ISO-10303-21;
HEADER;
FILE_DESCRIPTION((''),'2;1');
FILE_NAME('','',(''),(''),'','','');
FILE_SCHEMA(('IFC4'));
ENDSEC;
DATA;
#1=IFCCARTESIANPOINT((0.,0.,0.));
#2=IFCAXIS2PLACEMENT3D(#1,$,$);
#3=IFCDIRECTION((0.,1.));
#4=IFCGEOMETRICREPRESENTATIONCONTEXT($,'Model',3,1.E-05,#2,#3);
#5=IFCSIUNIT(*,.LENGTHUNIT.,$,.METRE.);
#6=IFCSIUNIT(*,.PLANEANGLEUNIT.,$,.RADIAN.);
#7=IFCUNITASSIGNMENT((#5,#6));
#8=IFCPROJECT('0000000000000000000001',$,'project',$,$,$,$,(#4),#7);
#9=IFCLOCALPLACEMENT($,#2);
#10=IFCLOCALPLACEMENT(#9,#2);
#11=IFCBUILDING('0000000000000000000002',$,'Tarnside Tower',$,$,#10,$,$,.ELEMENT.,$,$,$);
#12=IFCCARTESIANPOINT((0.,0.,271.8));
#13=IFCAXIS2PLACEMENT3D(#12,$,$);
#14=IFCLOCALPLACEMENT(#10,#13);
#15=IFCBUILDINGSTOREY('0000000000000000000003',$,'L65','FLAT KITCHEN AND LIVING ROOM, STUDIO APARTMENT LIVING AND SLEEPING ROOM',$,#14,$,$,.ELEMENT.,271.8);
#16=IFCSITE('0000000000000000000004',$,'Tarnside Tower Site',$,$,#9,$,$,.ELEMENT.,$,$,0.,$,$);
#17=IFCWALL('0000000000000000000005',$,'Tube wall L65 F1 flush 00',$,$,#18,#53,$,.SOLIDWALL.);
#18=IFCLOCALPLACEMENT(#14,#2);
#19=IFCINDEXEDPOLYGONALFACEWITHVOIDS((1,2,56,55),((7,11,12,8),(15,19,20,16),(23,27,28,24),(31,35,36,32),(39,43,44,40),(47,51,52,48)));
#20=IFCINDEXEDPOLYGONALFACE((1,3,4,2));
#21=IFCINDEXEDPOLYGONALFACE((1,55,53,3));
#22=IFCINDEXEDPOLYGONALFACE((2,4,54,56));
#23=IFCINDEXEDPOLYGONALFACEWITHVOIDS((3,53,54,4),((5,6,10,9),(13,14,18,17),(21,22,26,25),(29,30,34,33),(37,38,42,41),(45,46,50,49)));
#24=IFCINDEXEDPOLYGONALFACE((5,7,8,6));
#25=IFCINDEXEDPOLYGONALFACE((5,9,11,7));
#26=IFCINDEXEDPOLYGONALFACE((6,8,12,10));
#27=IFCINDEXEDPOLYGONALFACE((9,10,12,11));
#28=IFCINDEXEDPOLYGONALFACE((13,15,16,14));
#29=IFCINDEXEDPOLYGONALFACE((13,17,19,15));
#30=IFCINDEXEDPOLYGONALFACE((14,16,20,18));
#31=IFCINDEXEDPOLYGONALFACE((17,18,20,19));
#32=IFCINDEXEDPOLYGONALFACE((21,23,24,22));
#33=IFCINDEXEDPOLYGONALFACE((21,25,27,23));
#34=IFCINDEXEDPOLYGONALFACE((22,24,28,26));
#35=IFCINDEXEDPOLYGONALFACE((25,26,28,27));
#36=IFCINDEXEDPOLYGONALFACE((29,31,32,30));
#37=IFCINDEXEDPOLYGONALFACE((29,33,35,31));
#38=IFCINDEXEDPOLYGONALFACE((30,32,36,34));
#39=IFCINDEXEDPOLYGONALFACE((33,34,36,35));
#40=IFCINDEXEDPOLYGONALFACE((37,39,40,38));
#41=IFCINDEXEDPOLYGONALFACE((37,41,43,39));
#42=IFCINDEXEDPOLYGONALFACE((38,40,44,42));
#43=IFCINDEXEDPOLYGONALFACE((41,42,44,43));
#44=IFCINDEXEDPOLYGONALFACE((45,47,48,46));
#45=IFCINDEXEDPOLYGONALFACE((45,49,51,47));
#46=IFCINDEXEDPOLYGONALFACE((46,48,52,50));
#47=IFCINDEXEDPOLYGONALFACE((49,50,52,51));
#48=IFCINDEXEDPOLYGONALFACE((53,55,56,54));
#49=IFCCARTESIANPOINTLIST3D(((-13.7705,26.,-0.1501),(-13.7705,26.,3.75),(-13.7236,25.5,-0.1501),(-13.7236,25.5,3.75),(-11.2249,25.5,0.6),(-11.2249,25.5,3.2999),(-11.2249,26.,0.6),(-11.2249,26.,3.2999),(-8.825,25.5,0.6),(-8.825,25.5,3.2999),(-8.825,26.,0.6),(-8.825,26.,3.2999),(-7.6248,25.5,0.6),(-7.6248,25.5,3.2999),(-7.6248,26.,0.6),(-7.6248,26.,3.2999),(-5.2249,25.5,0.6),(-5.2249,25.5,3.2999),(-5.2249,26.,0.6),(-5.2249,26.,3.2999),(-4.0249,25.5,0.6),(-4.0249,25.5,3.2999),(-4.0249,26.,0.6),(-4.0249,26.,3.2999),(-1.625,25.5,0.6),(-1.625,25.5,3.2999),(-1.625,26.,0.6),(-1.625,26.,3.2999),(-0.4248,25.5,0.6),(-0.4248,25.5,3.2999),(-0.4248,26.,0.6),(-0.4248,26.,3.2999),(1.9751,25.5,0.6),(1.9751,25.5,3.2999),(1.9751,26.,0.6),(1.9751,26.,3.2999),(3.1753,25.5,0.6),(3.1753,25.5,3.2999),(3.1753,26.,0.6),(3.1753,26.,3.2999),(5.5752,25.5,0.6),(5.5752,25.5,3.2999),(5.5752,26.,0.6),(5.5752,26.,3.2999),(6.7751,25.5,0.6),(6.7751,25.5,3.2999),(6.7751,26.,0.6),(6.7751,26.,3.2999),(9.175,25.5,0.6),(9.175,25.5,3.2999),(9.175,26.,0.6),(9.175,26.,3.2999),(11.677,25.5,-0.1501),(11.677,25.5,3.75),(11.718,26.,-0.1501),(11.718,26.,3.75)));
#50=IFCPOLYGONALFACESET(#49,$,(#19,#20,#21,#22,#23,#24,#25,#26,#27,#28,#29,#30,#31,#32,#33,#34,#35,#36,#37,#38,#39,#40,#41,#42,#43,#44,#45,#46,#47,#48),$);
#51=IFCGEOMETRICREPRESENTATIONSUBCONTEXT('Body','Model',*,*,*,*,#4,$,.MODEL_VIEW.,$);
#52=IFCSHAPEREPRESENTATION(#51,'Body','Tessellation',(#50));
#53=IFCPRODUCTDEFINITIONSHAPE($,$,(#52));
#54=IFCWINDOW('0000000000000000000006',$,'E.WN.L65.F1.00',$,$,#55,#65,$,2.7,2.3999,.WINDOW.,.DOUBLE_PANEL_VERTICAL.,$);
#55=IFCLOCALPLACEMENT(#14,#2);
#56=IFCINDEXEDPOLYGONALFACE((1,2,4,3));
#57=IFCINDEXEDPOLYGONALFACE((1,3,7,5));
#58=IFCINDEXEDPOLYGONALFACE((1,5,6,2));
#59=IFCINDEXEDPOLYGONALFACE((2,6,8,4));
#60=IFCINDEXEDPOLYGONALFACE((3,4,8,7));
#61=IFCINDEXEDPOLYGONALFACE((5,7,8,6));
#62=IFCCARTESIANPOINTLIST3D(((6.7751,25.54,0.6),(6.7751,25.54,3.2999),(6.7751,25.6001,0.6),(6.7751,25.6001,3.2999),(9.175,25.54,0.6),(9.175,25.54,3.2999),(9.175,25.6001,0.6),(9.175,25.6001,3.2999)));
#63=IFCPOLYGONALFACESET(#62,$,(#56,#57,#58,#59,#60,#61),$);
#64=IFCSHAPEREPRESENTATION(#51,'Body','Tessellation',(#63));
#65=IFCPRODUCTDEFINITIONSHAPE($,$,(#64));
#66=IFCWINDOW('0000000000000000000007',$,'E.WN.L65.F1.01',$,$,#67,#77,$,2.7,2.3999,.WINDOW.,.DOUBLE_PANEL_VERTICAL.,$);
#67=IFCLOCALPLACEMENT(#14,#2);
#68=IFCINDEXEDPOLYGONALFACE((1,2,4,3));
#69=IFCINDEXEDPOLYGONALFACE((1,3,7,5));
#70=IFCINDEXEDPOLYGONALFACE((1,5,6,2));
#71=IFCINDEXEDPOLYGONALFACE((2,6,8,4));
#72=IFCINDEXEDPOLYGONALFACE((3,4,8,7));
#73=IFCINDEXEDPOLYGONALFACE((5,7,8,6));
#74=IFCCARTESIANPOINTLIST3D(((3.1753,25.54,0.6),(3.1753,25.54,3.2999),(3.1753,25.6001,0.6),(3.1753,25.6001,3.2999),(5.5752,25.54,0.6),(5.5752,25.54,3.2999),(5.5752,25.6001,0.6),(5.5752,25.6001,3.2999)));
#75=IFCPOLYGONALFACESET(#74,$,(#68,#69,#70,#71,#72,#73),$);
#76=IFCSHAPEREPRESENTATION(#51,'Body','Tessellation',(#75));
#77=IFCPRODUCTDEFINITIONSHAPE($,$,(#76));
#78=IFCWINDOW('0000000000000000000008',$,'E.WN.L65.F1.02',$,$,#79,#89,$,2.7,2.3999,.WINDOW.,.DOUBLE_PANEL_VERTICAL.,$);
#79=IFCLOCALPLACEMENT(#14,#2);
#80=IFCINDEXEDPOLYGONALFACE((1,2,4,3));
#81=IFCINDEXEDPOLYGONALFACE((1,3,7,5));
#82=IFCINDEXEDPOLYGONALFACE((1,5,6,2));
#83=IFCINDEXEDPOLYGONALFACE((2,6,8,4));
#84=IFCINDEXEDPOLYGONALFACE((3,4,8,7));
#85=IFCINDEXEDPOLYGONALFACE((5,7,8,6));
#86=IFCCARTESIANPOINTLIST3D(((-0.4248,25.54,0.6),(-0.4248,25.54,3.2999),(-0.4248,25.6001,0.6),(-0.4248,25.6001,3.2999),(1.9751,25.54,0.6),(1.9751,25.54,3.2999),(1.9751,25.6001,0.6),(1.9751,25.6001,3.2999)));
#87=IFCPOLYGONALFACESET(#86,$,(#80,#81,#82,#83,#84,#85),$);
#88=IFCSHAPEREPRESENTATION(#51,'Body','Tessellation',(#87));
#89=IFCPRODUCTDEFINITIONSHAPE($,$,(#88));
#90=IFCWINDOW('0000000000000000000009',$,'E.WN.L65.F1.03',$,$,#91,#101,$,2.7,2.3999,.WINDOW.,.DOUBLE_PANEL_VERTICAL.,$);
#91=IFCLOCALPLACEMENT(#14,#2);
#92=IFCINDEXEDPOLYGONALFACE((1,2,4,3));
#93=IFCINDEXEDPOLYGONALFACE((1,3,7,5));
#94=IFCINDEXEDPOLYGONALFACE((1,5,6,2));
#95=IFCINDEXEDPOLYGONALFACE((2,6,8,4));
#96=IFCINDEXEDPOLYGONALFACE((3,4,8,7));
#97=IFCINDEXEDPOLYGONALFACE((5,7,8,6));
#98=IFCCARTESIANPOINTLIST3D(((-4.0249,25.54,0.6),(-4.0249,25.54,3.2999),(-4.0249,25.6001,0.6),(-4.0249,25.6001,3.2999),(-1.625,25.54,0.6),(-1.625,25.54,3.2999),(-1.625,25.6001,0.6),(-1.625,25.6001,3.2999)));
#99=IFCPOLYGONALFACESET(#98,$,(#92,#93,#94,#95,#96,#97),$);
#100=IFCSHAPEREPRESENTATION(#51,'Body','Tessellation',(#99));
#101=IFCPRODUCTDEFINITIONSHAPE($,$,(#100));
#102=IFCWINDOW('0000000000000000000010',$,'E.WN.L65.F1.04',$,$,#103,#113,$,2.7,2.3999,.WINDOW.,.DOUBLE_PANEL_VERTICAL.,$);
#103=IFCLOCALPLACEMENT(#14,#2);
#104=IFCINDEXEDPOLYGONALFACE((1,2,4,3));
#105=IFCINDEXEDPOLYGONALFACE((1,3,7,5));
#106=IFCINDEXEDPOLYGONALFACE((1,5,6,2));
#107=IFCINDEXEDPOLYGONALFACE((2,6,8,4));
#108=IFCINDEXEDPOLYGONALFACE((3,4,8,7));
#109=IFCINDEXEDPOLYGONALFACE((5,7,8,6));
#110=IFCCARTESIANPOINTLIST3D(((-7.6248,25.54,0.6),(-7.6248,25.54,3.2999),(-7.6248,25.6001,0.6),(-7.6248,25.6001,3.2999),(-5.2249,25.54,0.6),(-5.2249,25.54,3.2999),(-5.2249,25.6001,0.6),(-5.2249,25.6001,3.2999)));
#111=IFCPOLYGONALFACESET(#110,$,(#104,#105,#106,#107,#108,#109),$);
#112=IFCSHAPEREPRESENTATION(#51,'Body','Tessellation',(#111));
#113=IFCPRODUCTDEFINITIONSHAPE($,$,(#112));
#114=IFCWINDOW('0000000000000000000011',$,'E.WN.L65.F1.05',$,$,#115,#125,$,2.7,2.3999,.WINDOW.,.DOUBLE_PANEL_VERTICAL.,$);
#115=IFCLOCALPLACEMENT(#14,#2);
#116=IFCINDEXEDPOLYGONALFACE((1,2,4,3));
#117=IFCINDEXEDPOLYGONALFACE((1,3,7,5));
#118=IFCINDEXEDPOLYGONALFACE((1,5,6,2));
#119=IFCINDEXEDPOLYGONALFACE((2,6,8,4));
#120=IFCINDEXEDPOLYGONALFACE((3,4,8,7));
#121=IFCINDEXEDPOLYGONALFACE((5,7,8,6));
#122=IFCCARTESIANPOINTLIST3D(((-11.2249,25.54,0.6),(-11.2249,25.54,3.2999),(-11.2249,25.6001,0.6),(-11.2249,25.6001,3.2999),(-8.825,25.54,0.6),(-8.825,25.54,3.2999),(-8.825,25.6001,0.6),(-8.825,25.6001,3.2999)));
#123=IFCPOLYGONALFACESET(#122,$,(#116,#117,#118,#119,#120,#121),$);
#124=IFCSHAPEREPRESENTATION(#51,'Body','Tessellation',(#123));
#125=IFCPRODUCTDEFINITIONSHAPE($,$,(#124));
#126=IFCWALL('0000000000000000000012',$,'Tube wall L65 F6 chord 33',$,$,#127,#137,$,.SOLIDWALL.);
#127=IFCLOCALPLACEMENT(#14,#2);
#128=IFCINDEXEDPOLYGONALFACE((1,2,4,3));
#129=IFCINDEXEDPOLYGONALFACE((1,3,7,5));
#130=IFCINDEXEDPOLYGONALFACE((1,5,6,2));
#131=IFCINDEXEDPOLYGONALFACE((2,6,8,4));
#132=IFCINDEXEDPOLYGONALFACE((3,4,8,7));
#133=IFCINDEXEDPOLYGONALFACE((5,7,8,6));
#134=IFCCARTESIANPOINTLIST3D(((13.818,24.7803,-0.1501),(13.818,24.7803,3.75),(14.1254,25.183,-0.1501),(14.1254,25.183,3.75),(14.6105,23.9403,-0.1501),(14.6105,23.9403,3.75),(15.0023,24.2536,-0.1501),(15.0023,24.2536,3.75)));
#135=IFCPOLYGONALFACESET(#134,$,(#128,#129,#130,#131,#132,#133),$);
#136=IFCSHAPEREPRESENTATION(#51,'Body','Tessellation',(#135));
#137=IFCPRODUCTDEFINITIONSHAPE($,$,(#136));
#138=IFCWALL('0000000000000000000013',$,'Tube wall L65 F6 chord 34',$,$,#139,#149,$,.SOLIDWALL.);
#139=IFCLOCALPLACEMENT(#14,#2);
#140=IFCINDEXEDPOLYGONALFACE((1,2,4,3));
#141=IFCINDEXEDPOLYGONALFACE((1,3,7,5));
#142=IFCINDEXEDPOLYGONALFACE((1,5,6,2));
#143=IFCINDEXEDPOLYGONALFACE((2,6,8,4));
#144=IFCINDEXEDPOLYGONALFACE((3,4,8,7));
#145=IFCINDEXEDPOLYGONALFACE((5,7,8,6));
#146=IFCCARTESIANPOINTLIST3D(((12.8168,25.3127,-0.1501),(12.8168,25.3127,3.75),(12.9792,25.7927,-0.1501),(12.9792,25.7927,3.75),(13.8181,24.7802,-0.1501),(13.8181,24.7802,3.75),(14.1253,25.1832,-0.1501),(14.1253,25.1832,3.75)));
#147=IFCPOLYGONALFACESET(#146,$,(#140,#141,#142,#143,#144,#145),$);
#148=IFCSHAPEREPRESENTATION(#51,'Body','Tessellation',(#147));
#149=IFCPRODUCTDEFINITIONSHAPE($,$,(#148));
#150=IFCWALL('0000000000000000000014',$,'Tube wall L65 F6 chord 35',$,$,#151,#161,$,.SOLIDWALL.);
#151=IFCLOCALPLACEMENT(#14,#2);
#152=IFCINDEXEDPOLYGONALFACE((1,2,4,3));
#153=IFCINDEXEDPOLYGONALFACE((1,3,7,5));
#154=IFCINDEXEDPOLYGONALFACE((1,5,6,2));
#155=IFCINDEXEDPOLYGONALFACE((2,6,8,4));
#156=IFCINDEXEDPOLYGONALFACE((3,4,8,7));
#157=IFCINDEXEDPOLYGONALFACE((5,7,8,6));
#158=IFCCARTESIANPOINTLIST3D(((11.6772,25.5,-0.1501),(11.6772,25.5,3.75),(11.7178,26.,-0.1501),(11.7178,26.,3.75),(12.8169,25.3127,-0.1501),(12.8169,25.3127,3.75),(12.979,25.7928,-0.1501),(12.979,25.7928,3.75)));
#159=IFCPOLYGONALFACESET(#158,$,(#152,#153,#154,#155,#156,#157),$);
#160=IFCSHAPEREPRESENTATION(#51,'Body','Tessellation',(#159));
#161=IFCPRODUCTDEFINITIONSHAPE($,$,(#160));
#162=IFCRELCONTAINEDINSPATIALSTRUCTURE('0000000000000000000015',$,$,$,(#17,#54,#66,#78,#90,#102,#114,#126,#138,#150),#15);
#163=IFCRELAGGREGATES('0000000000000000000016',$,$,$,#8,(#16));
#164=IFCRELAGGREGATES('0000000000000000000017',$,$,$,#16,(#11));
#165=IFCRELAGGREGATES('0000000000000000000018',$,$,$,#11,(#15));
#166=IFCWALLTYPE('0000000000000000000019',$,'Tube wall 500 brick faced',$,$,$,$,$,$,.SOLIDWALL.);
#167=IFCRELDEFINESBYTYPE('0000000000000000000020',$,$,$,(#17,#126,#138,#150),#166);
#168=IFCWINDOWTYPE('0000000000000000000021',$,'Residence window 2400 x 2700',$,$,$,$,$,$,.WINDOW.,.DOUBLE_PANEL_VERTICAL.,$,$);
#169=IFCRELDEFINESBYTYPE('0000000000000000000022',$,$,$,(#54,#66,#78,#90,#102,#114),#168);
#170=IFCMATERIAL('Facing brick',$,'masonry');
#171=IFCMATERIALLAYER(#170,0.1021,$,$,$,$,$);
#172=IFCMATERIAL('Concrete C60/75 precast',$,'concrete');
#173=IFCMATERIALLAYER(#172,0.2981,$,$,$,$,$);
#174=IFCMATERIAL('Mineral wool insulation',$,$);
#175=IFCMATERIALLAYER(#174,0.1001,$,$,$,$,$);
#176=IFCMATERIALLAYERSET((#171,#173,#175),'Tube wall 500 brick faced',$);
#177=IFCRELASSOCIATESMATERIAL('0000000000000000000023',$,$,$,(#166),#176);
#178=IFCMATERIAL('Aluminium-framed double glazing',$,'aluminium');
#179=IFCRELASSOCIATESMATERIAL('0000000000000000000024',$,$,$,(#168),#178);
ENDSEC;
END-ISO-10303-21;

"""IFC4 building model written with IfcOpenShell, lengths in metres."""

from ifc_helpers import new_model, si_unit, direction, frame, frame_2d, origin, place, context, subcontext, project, spatial, polyline, rectangle, outline, extrude, material, layer, layer_set, type_object, element, fill, save


model = new_model("IFC4")

# Units and contexts
model_context = context("Model", 3, precision=1e-05, world=origin(), true_north=direction((0.0, 1.0)))
body_context = subcontext(model_context, "Body", "Model", "MODEL_VIEW")
ifc_project = project(units=[si_unit("LENGTHUNIT", "METRE"), si_unit("PLANEANGLEUNIT", "RADIAN")], contexts=[model_context])

# Site, building, storey
site_placement = place(None, origin())
site = spatial("IfcSite", under=ifc_project, at=site_placement, Name="Tarnside Tower Site", CompositionType="ELEMENT", RefElevation=0.0)
building_placement = place(site_placement, origin())
building = spatial("IfcBuilding", under=site, at=building_placement, Name="Tarnside Tower", CompositionType="ELEMENT")
storey_placement = place(building_placement, frame((0.0, 0.0, 271.8)))
storey = spatial("IfcBuildingStorey", under=building, at=storey_placement, Name="L65", Description="FLAT KITCHEN AND LIVING ROOM, STUDIO APARTMENT LIVING AND SLEEPING ROOM", CompositionType="ELEMENT", Elevation=271.8)

# Shared definitions
ifc_material_1 = material(Name="Concrete C60/75 precast", Category="concrete")
ifc_material_2 = material(Name="Mineral wool insulation")

# Wall, openings, windows
ifc_material_3 = material(Name="Facing brick", Category="masonry")
ifc_layer_1 = layer(ifc_material_3, 0.1021)
ifc_layer_2 = layer(ifc_material_1, 0.2981)
ifc_layer_3 = layer(ifc_material_2, 0.1001)
ifc_layer_set_1 = layer_set([ifc_layer_1, ifc_layer_2, ifc_layer_3], Name="Tube wall 500 brick faced")
wall_type_1 = type_object("IfcWallType", Name="Tube wall 500 brick faced", PredefinedType="SOLIDWALL", material=ifc_layer_set_1)
wall_1_placement = place(storey_placement, frame((11.6975, 25.75, -0.1501), z_axis=(0.0, 0.0, 1.0), x_axis=(-1.0, 0.0, 0.0)))
wall_1 = element("IfcWall", 1, at=wall_1_placement, inside=storey, type_object=wall_type_1, Name="Tube wall L65 F1 flush 00", PredefinedType="SOLIDWALL", context=body_context, shape_type="SweptSolid", body=[
    extrude(outline(polyline([(-0.0205, -0.25), (25.468, -0.25), (25.4211, 0.25), (0.0205, 0.25), (-0.0205, -0.25)])), origin(), (0.0, 0.0, 1.0), 3.9001),
])
opening_1_placement = place(wall_1_placement, frame((2.5225, 0.0, 0.75)))
opening_1 = element("IfcOpeningElement", 2, at=opening_1_placement, cuts=wall_1, PredefinedType="OPENING", context=body_context, shape_type="SweptSolid", body=[
    extrude(rectangle(XDim=2.3999, YDim=2.7, at=frame_2d((1.2, 1.3501))), frame((0.0, 0.26, 0.0), z_axis=(0.0, -1.0, 0.0), x_axis=(1.0, 0.0, 0.0)), (0.0, 0.0, 1.0), 0.52),
])
opening_2_placement = place(wall_1_placement, frame((6.1223, 0.0, 0.75)))
opening_2 = element("IfcOpeningElement", 3, at=opening_2_placement, cuts=wall_1, PredefinedType="OPENING", context=body_context, shape_type="SweptSolid", body=[
    extrude(rectangle(XDim=2.3999, YDim=2.7, at=frame_2d((1.2, 1.3501))), frame((0.0, 0.26, 0.0), z_axis=(0.0, -1.0, 0.0), x_axis=(1.0, 0.0, 0.0)), (0.0, 0.0, 1.0), 0.52),
])
opening_3_placement = place(wall_1_placement, frame((9.7224, 0.0, 0.75)))
opening_3 = element("IfcOpeningElement", 4, at=opening_3_placement, cuts=wall_1, PredefinedType="OPENING", context=body_context, shape_type="SweptSolid", body=[
    extrude(rectangle(XDim=2.3999, YDim=2.7, at=frame_2d((1.2, 1.3501))), frame((0.0, 0.26, 0.0), z_axis=(0.0, -1.0, 0.0), x_axis=(1.0, 0.0, 0.0)), (0.0, 0.0, 1.0), 0.52),
])
opening_4_placement = place(wall_1_placement, frame((13.3225, 0.0, 0.75)))
opening_4 = element("IfcOpeningElement", 5, at=opening_4_placement, cuts=wall_1, PredefinedType="OPENING", context=body_context, shape_type="SweptSolid", body=[
    extrude(rectangle(XDim=2.3999, YDim=2.7, at=frame_2d((1.2, 1.3501))), frame((0.0, 0.26, 0.0), z_axis=(0.0, -1.0, 0.0), x_axis=(1.0, 0.0, 0.0)), (0.0, 0.0, 1.0), 0.52),
])
opening_5_placement = place(wall_1_placement, frame((16.9224, 0.0, 0.75)))
opening_5 = element("IfcOpeningElement", 6, at=opening_5_placement, cuts=wall_1, PredefinedType="OPENING", context=body_context, shape_type="SweptSolid", body=[
    extrude(rectangle(XDim=2.3999, YDim=2.7, at=frame_2d((1.2, 1.3501))), frame((0.0, 0.26, 0.0), z_axis=(0.0, -1.0, 0.0), x_axis=(1.0, 0.0, 0.0)), (0.0, 0.0, 1.0), 0.52),
])
opening_6_placement = place(wall_1_placement, frame((20.5225, 0.0, 0.75)))
opening_6 = element("IfcOpeningElement", 7, at=opening_6_placement, cuts=wall_1, PredefinedType="OPENING", context=body_context, shape_type="SweptSolid", body=[
    extrude(rectangle(XDim=2.3999, YDim=2.7, at=frame_2d((1.2, 1.3501))), frame((0.0, 0.26, 0.0), z_axis=(0.0, -1.0, 0.0), x_axis=(1.0, 0.0, 0.0)), (0.0, 0.0, 1.0), 0.52),
])
ifc_material_4 = material(Name="Aluminium-framed double glazing", Category="aluminium")
window_type = type_object("IfcWindowType", Name="Residence window 2400 x 2700", PartitioningType="DOUBLE_PANEL_VERTICAL", PredefinedType="WINDOW", material=ifc_material_4)
window_1_placement = place(opening_1_placement, frame((0.0, 0.1799, 0.0)))
window_1 = element("IfcWindow", 8, at=window_1_placement, inside=storey, type_object=window_type, Name="E.WN.L65.F1.00", OverallHeight=2.7, OverallWidth=2.3999, PartitioningType="DOUBLE_PANEL_VERTICAL", PredefinedType="WINDOW", context=body_context, shape_type="SweptSolid", body=[
    extrude(rectangle(XDim=2.3999, YDim=2.7, at=frame_2d((1.2, 1.3501))), frame((0.0, 0.03, 0.0), z_axis=(0.0, -1.0, 0.0), x_axis=(1.0, 0.0, 0.0)), (0.0, 0.0, 1.0), 0.0601),
])
fill(opening_1, window_1)
window_2_placement = place(opening_2_placement, frame((0.0, 0.1799, 0.0)))
window_2 = element("IfcWindow", 9, at=window_2_placement, inside=storey, type_object=window_type, Name="E.WN.L65.F1.01", OverallHeight=2.7, OverallWidth=2.3999, PartitioningType="DOUBLE_PANEL_VERTICAL", PredefinedType="WINDOW", context=body_context, shape_type="SweptSolid", body=[
    extrude(rectangle(XDim=2.3999, YDim=2.7, at=frame_2d((1.2, 1.3501))), frame((0.0, 0.03, 0.0), z_axis=(0.0, -1.0, 0.0), x_axis=(1.0, 0.0, 0.0)), (0.0, 0.0, 1.0), 0.0601),
])
fill(opening_2, window_2)
window_3_placement = place(opening_3_placement, frame((0.0, 0.1799, 0.0)))
window_3 = element("IfcWindow", 10, at=window_3_placement, inside=storey, type_object=window_type, Name="E.WN.L65.F1.02", OverallHeight=2.7, OverallWidth=2.3999, PartitioningType="DOUBLE_PANEL_VERTICAL", PredefinedType="WINDOW", context=body_context, shape_type="SweptSolid", body=[
    extrude(rectangle(XDim=2.3999, YDim=2.7, at=frame_2d((1.2, 1.3501))), frame((0.0, 0.03, 0.0), z_axis=(0.0, -1.0, 0.0), x_axis=(1.0, 0.0, 0.0)), (0.0, 0.0, 1.0), 0.0601),
])
fill(opening_3, window_3)
window_4_placement = place(opening_4_placement, frame((0.0, 0.1799, 0.0)))
window_4 = element("IfcWindow", 11, at=window_4_placement, inside=storey, type_object=window_type, Name="E.WN.L65.F1.03", OverallHeight=2.7, OverallWidth=2.3999, PartitioningType="DOUBLE_PANEL_VERTICAL", PredefinedType="WINDOW", context=body_context, shape_type="SweptSolid", body=[
    extrude(rectangle(XDim=2.3999, YDim=2.7, at=frame_2d((1.2, 1.3501))), frame((0.0, 0.03, 0.0), z_axis=(0.0, -1.0, 0.0), x_axis=(1.0, 0.0, 0.0)), (0.0, 0.0, 1.0), 0.0601),
])
fill(opening_4, window_4)
window_5_placement = place(opening_5_placement, frame((0.0, 0.1799, 0.0)))
window_5 = element("IfcWindow", 12, at=window_5_placement, inside=storey, type_object=window_type, Name="E.WN.L65.F1.04", OverallHeight=2.7, OverallWidth=2.3999, PartitioningType="DOUBLE_PANEL_VERTICAL", PredefinedType="WINDOW", context=body_context, shape_type="SweptSolid", body=[
    extrude(rectangle(XDim=2.3999, YDim=2.7, at=frame_2d((1.2, 1.3501))), frame((0.0, 0.03, 0.0), z_axis=(0.0, -1.0, 0.0), x_axis=(1.0, 0.0, 0.0)), (0.0, 0.0, 1.0), 0.0601),
])
fill(opening_5, window_5)
window_6_placement = place(opening_6_placement, frame((0.0, 0.1799, 0.0)))
window_6 = element("IfcWindow", 13, at=window_6_placement, inside=storey, type_object=window_type, Name="E.WN.L65.F1.05", OverallHeight=2.7, OverallWidth=2.3999, PartitioningType="DOUBLE_PANEL_VERTICAL", PredefinedType="WINDOW", context=body_context, shape_type="SweptSolid", body=[
    extrude(rectangle(XDim=2.3999, YDim=2.7, at=frame_2d((1.2, 1.3501))), frame((0.0, 0.03, 0.0), z_axis=(0.0, -1.0, 0.0), x_axis=(1.0, 0.0, 0.0)), (0.0, 0.0, 1.0), 0.0601),
])
fill(opening_6, window_6)

# Walls
wall_2_placement = place(storey_placement, frame((14.8064, 24.0969, -0.1501), z_axis=(0.0, 0.0, 1.0), x_axis=(-0.686234, 0.72738, 0.0)))
element("IfcWall", 14, at=wall_2_placement, inside=storey, type_object=wall_type_1, Name="Tube wall L65 F6 chord 33", PredefinedType="SOLIDWALL", context=body_context, shape_type="SweptSolid", body=[
    extrude(outline(polyline([(-0.0205, -0.25), (1.2573, -0.25), (1.1753, 0.25), (0.0205, 0.25), (-0.0205, -0.25)])), origin(), (0.0, 0.0, 1.0), 3.9001),
])
wall_3_placement = place(storey_placement, frame((13.9717, 24.9817, -0.1501), z_axis=(0.0, 0.0, 1.0), x_axis=(-0.882902, 0.469556, 0.0)))
element("IfcWall", 15, at=wall_3_placement, inside=storey, type_object=wall_type_1, Name="Tube wall L65 F6 chord 34", PredefinedType="SOLIDWALL", context=body_context, shape_type="SweptSolid", body=[
    extrude(outline(polyline([(-0.041, -0.25), (1.2571, -0.25), (1.175, 0.25), (0.041, 0.25), (-0.041, -0.25)])), origin(), (0.0, 0.0, 1.0), 3.9001),
])
wall_4_placement = place(storey_placement, frame((12.8979, 25.5527, -0.1501), z_axis=(0.0, 0.0, 1.0), x_axis=(-0.986766, 0.162153, 0.0)))
element("IfcWall", 16, at=wall_4_placement, inside=storey, type_object=wall_type_1, Name="Tube wall L65 F6 chord 35", PredefinedType="SOLIDWALL", context=body_context, shape_type="SweptSolid", body=[
    extrude(outline(polyline([(-0.041, -0.25), (1.2371, -0.25), (1.196, 0.25), (0.041, 0.25), (-0.041, -0.25)])), origin(), (0.0, 0.0, 1.0), 3.9001),
])

save(model, "model.ifc")
